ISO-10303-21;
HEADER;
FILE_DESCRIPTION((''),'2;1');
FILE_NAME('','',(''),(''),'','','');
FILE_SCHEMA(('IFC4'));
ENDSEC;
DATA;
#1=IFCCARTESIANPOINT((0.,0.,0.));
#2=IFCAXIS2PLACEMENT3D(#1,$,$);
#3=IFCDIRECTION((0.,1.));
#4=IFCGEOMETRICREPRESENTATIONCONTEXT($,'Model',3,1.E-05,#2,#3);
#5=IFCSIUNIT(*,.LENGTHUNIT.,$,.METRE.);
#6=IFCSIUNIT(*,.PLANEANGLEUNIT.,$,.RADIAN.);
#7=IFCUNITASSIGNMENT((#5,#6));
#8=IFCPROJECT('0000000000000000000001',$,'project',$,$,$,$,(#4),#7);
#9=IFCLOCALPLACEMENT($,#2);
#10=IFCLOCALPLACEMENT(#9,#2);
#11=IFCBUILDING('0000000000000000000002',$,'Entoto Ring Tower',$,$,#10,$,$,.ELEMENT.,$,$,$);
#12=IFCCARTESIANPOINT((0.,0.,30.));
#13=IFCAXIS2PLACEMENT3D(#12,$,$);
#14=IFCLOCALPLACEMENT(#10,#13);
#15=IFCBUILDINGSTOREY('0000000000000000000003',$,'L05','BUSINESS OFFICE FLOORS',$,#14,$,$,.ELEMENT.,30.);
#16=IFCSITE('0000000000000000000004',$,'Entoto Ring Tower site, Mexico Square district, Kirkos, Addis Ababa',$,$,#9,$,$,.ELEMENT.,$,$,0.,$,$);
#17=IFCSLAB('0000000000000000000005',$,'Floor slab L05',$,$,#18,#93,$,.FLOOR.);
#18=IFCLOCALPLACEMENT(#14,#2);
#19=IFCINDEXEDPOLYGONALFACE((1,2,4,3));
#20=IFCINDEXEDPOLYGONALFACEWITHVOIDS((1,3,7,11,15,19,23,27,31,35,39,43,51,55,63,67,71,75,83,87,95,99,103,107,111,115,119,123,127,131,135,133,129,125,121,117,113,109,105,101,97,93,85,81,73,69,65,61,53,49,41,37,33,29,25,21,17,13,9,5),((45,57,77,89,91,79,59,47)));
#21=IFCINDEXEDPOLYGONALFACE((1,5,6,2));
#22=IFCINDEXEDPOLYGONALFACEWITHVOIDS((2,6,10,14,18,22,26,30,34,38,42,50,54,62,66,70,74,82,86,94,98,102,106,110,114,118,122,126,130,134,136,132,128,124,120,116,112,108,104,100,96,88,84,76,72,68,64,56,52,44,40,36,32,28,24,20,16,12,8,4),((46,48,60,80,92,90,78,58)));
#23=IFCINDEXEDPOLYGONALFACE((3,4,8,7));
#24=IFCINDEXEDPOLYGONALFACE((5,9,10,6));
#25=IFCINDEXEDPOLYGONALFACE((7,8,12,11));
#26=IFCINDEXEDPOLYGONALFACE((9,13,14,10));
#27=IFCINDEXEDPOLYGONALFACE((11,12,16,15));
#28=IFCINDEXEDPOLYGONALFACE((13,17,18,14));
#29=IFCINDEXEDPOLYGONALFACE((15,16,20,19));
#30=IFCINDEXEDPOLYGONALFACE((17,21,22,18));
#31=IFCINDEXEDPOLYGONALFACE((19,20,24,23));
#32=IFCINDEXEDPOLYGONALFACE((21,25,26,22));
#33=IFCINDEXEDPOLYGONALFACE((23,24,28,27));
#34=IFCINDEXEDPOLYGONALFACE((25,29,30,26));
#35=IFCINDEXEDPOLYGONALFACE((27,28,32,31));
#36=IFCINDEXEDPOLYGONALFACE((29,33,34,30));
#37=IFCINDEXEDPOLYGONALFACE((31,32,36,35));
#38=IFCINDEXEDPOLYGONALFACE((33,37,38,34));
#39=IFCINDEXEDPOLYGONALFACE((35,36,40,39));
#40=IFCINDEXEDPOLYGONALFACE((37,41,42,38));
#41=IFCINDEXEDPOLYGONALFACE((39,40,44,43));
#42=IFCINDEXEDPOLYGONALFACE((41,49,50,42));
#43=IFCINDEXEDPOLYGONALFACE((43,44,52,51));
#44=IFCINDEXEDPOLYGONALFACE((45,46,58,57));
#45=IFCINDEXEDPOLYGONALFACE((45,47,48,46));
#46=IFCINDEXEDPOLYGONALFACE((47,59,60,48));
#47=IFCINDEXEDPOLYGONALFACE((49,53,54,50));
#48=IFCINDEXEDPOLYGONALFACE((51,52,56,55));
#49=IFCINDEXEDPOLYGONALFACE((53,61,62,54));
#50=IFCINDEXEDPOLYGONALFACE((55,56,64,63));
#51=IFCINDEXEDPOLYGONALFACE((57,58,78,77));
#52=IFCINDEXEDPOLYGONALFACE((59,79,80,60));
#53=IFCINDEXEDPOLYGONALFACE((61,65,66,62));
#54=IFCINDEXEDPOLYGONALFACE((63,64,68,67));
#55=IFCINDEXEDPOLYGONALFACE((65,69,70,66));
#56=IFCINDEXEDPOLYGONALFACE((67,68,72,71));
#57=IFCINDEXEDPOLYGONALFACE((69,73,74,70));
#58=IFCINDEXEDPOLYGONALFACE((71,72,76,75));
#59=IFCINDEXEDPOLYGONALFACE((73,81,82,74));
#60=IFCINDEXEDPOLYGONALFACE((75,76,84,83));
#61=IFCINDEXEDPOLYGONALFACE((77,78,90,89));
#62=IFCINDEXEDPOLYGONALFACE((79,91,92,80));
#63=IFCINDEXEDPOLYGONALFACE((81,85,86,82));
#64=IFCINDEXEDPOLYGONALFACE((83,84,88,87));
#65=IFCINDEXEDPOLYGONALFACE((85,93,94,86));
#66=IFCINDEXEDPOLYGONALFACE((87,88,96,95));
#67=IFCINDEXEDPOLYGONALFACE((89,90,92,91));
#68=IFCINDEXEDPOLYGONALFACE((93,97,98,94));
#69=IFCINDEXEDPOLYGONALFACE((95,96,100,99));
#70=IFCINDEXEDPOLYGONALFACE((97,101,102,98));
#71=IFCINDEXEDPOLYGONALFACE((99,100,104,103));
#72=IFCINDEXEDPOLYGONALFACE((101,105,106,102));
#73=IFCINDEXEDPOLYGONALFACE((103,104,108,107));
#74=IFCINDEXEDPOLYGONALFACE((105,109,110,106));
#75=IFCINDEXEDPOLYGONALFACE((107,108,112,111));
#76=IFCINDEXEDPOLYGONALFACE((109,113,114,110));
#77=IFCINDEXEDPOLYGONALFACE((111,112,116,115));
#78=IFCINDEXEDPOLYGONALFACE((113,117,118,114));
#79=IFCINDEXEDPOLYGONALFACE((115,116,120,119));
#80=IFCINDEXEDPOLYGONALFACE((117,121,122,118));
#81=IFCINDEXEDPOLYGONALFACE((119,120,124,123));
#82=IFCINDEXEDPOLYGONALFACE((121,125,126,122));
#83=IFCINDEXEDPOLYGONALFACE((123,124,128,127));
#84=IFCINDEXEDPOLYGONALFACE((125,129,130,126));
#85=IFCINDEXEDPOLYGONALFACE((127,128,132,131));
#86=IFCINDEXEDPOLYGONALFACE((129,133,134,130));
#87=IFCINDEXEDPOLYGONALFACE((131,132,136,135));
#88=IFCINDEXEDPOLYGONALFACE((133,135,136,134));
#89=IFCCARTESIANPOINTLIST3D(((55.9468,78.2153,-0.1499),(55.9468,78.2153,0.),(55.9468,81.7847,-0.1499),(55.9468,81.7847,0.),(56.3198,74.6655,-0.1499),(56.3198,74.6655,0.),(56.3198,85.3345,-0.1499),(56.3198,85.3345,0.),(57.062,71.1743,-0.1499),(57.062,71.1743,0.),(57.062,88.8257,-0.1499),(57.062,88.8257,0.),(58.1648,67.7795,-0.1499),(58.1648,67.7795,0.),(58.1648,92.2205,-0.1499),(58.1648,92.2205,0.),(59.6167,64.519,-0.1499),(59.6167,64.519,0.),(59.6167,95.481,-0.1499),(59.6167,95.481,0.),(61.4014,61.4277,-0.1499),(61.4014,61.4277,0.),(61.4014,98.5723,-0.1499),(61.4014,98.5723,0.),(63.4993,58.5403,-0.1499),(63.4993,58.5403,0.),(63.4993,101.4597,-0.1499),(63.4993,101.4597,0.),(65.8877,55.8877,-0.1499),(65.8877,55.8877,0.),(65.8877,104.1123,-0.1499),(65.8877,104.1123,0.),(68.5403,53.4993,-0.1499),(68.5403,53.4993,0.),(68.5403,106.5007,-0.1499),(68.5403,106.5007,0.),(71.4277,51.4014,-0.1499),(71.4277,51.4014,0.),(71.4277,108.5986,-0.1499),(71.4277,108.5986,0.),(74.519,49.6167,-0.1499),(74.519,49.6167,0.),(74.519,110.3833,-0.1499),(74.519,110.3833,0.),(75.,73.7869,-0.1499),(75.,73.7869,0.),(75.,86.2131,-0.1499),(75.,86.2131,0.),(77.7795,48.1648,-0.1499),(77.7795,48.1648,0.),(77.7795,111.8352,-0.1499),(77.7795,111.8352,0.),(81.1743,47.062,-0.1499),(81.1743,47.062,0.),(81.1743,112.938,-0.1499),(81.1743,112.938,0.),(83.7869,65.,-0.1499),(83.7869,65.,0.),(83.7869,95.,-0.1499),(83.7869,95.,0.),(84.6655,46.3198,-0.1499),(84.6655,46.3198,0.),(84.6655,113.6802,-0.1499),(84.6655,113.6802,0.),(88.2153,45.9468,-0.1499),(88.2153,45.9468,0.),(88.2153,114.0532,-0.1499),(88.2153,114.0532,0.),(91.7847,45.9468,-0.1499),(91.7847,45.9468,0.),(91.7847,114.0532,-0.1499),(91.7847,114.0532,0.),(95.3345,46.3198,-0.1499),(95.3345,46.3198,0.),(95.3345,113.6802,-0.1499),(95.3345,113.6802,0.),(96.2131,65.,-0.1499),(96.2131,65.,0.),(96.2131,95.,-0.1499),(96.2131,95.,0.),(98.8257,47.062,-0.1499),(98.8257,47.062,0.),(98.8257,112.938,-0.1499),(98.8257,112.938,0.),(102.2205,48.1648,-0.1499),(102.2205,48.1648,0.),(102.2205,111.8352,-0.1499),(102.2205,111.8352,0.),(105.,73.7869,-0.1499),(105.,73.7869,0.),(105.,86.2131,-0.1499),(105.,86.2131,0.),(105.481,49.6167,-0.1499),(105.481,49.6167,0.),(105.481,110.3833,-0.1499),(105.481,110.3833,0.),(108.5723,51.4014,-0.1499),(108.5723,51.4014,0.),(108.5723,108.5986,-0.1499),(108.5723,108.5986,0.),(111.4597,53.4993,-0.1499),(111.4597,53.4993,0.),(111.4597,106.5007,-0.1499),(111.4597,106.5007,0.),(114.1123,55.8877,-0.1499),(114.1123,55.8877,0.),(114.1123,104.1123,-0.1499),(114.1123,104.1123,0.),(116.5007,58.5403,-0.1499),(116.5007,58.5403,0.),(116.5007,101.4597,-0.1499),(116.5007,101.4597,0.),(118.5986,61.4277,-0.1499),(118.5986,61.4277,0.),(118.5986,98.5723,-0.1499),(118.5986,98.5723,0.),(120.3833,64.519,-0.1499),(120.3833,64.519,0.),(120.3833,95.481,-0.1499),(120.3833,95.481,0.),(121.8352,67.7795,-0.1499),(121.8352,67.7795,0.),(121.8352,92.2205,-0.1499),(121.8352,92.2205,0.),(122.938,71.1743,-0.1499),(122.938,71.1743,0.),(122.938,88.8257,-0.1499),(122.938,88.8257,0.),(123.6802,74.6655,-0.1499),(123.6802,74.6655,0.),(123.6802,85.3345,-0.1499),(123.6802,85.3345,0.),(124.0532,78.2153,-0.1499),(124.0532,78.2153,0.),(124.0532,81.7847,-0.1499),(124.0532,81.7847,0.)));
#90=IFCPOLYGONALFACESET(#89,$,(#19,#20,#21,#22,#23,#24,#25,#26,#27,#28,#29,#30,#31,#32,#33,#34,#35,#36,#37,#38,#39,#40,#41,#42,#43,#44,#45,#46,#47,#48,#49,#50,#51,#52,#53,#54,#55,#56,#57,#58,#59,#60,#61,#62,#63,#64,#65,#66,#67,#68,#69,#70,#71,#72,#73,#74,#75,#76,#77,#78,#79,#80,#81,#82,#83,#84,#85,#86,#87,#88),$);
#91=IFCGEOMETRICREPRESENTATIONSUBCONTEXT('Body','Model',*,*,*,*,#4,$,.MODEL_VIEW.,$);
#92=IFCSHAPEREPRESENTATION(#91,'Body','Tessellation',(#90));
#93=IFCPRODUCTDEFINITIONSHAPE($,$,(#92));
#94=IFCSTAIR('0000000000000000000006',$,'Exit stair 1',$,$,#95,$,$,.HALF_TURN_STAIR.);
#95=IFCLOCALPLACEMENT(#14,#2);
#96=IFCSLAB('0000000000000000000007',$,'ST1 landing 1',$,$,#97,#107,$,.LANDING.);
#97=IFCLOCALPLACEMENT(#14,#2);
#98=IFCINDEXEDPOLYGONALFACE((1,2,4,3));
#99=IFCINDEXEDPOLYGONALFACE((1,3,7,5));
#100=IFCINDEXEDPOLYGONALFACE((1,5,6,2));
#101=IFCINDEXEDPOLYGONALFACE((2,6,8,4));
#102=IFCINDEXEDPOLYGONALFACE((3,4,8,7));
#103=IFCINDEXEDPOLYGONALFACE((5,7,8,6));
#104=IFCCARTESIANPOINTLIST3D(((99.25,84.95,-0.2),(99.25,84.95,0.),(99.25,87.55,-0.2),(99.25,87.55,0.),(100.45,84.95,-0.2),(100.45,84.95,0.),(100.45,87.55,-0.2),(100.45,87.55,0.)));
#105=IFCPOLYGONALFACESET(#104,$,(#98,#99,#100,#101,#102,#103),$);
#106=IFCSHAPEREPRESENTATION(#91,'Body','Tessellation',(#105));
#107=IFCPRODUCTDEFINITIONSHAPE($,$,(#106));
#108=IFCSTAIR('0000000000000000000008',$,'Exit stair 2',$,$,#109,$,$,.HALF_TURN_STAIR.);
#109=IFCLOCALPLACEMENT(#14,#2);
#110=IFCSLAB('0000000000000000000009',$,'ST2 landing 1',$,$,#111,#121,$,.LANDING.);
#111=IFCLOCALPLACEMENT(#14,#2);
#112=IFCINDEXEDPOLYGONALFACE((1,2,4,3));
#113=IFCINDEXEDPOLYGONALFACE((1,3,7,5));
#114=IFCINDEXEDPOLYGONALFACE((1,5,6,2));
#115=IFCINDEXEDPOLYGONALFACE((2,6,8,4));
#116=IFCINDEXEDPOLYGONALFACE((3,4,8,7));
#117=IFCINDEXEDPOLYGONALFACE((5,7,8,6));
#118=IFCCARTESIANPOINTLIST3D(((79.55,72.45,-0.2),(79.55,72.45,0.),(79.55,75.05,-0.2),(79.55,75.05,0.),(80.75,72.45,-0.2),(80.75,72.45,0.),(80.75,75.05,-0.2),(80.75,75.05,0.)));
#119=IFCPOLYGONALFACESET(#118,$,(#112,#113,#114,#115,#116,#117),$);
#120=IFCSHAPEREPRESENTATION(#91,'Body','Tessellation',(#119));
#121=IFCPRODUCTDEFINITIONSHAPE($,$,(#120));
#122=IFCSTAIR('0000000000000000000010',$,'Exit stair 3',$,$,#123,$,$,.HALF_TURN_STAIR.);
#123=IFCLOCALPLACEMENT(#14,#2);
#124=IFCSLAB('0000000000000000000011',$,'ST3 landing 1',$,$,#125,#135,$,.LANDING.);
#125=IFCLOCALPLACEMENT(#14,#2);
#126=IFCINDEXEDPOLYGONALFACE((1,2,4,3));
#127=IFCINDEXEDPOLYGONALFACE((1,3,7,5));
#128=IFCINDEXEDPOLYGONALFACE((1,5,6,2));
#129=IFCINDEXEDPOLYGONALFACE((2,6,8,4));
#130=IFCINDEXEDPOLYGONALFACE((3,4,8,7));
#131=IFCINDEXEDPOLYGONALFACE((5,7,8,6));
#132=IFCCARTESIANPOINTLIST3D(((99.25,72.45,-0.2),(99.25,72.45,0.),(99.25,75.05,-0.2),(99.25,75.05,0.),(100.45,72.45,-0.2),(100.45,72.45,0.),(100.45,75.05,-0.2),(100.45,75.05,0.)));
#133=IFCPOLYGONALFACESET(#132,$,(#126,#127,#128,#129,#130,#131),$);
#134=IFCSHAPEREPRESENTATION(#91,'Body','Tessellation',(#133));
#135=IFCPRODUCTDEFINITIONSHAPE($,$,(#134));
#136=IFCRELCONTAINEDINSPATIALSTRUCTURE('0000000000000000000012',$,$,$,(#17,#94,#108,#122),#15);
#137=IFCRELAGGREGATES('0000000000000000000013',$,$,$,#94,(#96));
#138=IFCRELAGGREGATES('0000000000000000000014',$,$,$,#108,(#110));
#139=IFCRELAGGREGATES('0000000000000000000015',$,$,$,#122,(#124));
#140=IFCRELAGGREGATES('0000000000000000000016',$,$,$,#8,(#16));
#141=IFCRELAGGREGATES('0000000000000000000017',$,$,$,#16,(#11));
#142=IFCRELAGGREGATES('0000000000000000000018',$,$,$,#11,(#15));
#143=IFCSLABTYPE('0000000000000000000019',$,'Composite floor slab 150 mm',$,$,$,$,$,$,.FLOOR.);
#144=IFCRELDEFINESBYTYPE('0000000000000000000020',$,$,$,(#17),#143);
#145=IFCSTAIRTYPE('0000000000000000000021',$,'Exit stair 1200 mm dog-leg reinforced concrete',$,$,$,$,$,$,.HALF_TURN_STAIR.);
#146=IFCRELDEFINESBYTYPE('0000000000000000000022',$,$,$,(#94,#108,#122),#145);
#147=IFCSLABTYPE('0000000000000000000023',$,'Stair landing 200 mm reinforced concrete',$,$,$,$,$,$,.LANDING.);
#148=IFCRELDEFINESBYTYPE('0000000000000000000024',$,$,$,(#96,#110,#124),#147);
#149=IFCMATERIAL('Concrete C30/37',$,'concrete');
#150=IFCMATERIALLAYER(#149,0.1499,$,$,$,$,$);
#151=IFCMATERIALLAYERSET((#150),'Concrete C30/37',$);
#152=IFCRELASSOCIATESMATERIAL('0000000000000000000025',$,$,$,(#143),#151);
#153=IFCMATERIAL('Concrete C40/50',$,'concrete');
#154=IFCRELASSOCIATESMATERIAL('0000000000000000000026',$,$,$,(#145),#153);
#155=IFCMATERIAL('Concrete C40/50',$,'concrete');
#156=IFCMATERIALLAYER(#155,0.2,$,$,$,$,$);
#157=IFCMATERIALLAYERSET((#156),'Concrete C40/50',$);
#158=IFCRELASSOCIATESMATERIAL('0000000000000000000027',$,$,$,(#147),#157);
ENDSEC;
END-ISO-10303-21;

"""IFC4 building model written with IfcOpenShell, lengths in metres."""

from ifc_helpers import new_model, si_unit, direction, frame, origin, place, context, subcontext, project, spatial, polyline, outline, extrude, material, layer, layer_set, type_object, element, aggregate, save


model = new_model("IFC4")

# Units and contexts
model_context = context("Model", 3, precision=1e-05, world=origin(), true_north=direction((0.0, 1.0)))
body_context = subcontext(model_context, "Body", "Model", "MODEL_VIEW")
ifc_project = project(units=[si_unit("LENGTHUNIT", "METRE"), si_unit("PLANEANGLEUNIT", "RADIAN")], contexts=[model_context])

# Site, building, storey
site_placement = place(None, origin())
building_placement = place(site_placement, origin())
storey_placement = place(building_placement, frame((0.0, 0.0, 30.0)))
site = spatial("IfcSite", under=ifc_project, at=site_placement, Name="Entoto Ring Tower site, Mexico Square district, Kirkos, Addis Ababa", CompositionType="ELEMENT", RefElevation=0.0)
building = spatial("IfcBuilding", under=site, at=building_placement, Name="Entoto Ring Tower", CompositionType="ELEMENT")
storey = spatial("IfcBuildingStorey", under=building, at=storey_placement, Name="L05", Description="BUSINESS OFFICE FLOORS", CompositionType="ELEMENT", Elevation=30.0)

# Slab
ifc_material_1 = material(Name="Concrete C30/37", Category="concrete")
ifc_layer_1 = layer(ifc_material_1, 0.1499)
ifc_layer_set_1 = layer_set([ifc_layer_1], Name="Concrete C30/37")
slab_type_1 = type_object("IfcSlabType", Name="Composite floor slab 150 mm", PredefinedType="FLOOR", material=ifc_layer_set_1)
slab_1_placement = place(storey_placement, frame((0.0, 0.0, -0.1499)))
element("IfcSlab", 1, at=slab_1_placement, inside=storey, type_object=slab_type_1, Name="Floor slab L05", PredefinedType="FLOOR", context=body_context, shape_type="SweptSolid", body=[
    extrude(outline(polyline([(123.6802, 85.3345), (122.938, 88.8257), (121.8352, 92.2205), (120.3833, 95.481), (118.5986, 98.5723), (116.5007, 101.4597), (114.1123, 104.1123), (111.4597, 106.5007), (108.5723, 108.5986), (105.481, 110.3833), (102.2205, 111.8352), (98.8257, 112.938), (95.3345, 113.6802), (91.7847, 114.0532), (88.2153, 114.0532), (84.6655, 113.6802), (81.1743, 112.938), (77.7795, 111.8352), (74.519, 110.3833), (71.4277, 108.5986), (68.5403, 106.5007), (65.8877, 104.1123), (63.4993, 101.4597), (61.4014, 98.5723), (59.6167, 95.481), (58.1648, 92.2205), (57.062, 88.8257), (56.3198, 85.3345), (55.9468, 81.7847), (55.9468, 78.2153), (56.3198, 74.6655), (57.062, 71.1743), (58.1648, 67.7795), (59.6167, 64.519), (61.4014, 61.4277), (63.4993, 58.5403), (65.8877, 55.8877), (68.5403, 53.4993), (71.4277, 51.4014), (74.519, 49.6167), (77.7795, 48.1648), (81.1743, 47.062), (84.6655, 46.3198), (88.2153, 45.9468), (91.7847, 45.9468), (95.3345, 46.3198), (98.8257, 47.062), (102.2205, 48.1648), (105.481, 49.6167), (108.5723, 51.4014), (111.4597, 53.4993), (114.1123, 55.8877), (116.5007, 58.5403), (118.5986, 61.4277), (120.3833, 64.519), (121.8352, 67.7795), (122.938, 71.1743), (123.6802, 74.6655), (124.0532, 78.2153), (124.0532, 81.7847), (123.6802, 85.3345)]), holes=[polyline([(105.0, 73.7869), (105.0, 86.2131), (96.2131, 95.0), (83.7869, 95.0), (75.0, 86.2131), (75.0, 73.7869), (83.7869, 65.0), (96.2131, 65.0), (105.0, 73.7869)])]), origin(), (0.0, 0.0, 1.0), 0.1499),
])

# Stairs, slabs
ifc_material_2 = material(Name="Concrete C40/50", Category="concrete")
stair_type = type_object("IfcStairType", Name="Exit stair 1200 mm dog-leg reinforced concrete", PredefinedType="HALF_TURN_STAIR", material=ifc_material_2)
stair_1_placement = place(storey_placement, origin())
stair_1 = element("IfcStair", 2, at=stair_1_placement, inside=storey, type_object=stair_type, Name="Exit stair 1", PredefinedType="HALF_TURN_STAIR")
ifc_material_3 = material(Name="Concrete C40/50", Category="concrete")
ifc_layer_2 = layer(ifc_material_3, 0.2)
ifc_layer_set_2 = layer_set([ifc_layer_2], Name="Concrete C40/50")
slab_type_2 = type_object("IfcSlabType", Name="Stair landing 200 mm reinforced concrete", PredefinedType="LANDING", material=ifc_layer_set_2)
slab_2_placement = place(storey_placement, frame((0.0, 0.0, -0.2)))
slab_2 = element("IfcSlab", 3, at=slab_2_placement, type_object=slab_type_2, Name="ST1 landing 1", PredefinedType="LANDING", context=body_context, shape_type="SweptSolid", body=[
    extrude(outline(polyline([(100.45, 84.95), (100.45, 87.55), (99.25, 87.55), (99.25, 84.95), (100.45, 84.95)])), origin(), (0.0, 0.0, 1.0), 0.2),
])
aggregate(stair_1, [slab_2])
stair_2_placement = place(storey_placement, origin())
stair_2 = element("IfcStair", 4, at=stair_2_placement, inside=storey, type_object=stair_type, Name="Exit stair 2", PredefinedType="HALF_TURN_STAIR")
slab_3_placement = place(storey_placement, frame((0.0, 0.0, -0.2)))
slab_3 = element("IfcSlab", 5, at=slab_3_placement, type_object=slab_type_2, Name="ST2 landing 1", PredefinedType="LANDING", context=body_context, shape_type="SweptSolid", body=[
    extrude(outline(polyline([(80.75, 72.45), (80.75, 75.05), (79.55, 75.05), (79.55, 72.45), (80.75, 72.45)])), origin(), (0.0, 0.0, 1.0), 0.2),
])
aggregate(stair_2, [slab_3])
stair_3_placement = place(storey_placement, origin())
stair_3 = element("IfcStair", 6, at=stair_3_placement, inside=storey, type_object=stair_type, Name="Exit stair 3", PredefinedType="HALF_TURN_STAIR")
slab_4_placement = place(storey_placement, frame((0.0, 0.0, -0.2)))
slab_4 = element("IfcSlab", 7, at=slab_4_placement, type_object=slab_type_2, Name="ST3 landing 1", PredefinedType="LANDING", context=body_context, shape_type="SweptSolid", body=[
    extrude(outline(polyline([(100.45, 72.45), (100.45, 75.05), (99.25, 75.05), (99.25, 72.45), (100.45, 72.45)])), origin(), (0.0, 0.0, 1.0), 0.2),
])
aggregate(stair_3, [slab_4])

save(model, "model.ifc")
